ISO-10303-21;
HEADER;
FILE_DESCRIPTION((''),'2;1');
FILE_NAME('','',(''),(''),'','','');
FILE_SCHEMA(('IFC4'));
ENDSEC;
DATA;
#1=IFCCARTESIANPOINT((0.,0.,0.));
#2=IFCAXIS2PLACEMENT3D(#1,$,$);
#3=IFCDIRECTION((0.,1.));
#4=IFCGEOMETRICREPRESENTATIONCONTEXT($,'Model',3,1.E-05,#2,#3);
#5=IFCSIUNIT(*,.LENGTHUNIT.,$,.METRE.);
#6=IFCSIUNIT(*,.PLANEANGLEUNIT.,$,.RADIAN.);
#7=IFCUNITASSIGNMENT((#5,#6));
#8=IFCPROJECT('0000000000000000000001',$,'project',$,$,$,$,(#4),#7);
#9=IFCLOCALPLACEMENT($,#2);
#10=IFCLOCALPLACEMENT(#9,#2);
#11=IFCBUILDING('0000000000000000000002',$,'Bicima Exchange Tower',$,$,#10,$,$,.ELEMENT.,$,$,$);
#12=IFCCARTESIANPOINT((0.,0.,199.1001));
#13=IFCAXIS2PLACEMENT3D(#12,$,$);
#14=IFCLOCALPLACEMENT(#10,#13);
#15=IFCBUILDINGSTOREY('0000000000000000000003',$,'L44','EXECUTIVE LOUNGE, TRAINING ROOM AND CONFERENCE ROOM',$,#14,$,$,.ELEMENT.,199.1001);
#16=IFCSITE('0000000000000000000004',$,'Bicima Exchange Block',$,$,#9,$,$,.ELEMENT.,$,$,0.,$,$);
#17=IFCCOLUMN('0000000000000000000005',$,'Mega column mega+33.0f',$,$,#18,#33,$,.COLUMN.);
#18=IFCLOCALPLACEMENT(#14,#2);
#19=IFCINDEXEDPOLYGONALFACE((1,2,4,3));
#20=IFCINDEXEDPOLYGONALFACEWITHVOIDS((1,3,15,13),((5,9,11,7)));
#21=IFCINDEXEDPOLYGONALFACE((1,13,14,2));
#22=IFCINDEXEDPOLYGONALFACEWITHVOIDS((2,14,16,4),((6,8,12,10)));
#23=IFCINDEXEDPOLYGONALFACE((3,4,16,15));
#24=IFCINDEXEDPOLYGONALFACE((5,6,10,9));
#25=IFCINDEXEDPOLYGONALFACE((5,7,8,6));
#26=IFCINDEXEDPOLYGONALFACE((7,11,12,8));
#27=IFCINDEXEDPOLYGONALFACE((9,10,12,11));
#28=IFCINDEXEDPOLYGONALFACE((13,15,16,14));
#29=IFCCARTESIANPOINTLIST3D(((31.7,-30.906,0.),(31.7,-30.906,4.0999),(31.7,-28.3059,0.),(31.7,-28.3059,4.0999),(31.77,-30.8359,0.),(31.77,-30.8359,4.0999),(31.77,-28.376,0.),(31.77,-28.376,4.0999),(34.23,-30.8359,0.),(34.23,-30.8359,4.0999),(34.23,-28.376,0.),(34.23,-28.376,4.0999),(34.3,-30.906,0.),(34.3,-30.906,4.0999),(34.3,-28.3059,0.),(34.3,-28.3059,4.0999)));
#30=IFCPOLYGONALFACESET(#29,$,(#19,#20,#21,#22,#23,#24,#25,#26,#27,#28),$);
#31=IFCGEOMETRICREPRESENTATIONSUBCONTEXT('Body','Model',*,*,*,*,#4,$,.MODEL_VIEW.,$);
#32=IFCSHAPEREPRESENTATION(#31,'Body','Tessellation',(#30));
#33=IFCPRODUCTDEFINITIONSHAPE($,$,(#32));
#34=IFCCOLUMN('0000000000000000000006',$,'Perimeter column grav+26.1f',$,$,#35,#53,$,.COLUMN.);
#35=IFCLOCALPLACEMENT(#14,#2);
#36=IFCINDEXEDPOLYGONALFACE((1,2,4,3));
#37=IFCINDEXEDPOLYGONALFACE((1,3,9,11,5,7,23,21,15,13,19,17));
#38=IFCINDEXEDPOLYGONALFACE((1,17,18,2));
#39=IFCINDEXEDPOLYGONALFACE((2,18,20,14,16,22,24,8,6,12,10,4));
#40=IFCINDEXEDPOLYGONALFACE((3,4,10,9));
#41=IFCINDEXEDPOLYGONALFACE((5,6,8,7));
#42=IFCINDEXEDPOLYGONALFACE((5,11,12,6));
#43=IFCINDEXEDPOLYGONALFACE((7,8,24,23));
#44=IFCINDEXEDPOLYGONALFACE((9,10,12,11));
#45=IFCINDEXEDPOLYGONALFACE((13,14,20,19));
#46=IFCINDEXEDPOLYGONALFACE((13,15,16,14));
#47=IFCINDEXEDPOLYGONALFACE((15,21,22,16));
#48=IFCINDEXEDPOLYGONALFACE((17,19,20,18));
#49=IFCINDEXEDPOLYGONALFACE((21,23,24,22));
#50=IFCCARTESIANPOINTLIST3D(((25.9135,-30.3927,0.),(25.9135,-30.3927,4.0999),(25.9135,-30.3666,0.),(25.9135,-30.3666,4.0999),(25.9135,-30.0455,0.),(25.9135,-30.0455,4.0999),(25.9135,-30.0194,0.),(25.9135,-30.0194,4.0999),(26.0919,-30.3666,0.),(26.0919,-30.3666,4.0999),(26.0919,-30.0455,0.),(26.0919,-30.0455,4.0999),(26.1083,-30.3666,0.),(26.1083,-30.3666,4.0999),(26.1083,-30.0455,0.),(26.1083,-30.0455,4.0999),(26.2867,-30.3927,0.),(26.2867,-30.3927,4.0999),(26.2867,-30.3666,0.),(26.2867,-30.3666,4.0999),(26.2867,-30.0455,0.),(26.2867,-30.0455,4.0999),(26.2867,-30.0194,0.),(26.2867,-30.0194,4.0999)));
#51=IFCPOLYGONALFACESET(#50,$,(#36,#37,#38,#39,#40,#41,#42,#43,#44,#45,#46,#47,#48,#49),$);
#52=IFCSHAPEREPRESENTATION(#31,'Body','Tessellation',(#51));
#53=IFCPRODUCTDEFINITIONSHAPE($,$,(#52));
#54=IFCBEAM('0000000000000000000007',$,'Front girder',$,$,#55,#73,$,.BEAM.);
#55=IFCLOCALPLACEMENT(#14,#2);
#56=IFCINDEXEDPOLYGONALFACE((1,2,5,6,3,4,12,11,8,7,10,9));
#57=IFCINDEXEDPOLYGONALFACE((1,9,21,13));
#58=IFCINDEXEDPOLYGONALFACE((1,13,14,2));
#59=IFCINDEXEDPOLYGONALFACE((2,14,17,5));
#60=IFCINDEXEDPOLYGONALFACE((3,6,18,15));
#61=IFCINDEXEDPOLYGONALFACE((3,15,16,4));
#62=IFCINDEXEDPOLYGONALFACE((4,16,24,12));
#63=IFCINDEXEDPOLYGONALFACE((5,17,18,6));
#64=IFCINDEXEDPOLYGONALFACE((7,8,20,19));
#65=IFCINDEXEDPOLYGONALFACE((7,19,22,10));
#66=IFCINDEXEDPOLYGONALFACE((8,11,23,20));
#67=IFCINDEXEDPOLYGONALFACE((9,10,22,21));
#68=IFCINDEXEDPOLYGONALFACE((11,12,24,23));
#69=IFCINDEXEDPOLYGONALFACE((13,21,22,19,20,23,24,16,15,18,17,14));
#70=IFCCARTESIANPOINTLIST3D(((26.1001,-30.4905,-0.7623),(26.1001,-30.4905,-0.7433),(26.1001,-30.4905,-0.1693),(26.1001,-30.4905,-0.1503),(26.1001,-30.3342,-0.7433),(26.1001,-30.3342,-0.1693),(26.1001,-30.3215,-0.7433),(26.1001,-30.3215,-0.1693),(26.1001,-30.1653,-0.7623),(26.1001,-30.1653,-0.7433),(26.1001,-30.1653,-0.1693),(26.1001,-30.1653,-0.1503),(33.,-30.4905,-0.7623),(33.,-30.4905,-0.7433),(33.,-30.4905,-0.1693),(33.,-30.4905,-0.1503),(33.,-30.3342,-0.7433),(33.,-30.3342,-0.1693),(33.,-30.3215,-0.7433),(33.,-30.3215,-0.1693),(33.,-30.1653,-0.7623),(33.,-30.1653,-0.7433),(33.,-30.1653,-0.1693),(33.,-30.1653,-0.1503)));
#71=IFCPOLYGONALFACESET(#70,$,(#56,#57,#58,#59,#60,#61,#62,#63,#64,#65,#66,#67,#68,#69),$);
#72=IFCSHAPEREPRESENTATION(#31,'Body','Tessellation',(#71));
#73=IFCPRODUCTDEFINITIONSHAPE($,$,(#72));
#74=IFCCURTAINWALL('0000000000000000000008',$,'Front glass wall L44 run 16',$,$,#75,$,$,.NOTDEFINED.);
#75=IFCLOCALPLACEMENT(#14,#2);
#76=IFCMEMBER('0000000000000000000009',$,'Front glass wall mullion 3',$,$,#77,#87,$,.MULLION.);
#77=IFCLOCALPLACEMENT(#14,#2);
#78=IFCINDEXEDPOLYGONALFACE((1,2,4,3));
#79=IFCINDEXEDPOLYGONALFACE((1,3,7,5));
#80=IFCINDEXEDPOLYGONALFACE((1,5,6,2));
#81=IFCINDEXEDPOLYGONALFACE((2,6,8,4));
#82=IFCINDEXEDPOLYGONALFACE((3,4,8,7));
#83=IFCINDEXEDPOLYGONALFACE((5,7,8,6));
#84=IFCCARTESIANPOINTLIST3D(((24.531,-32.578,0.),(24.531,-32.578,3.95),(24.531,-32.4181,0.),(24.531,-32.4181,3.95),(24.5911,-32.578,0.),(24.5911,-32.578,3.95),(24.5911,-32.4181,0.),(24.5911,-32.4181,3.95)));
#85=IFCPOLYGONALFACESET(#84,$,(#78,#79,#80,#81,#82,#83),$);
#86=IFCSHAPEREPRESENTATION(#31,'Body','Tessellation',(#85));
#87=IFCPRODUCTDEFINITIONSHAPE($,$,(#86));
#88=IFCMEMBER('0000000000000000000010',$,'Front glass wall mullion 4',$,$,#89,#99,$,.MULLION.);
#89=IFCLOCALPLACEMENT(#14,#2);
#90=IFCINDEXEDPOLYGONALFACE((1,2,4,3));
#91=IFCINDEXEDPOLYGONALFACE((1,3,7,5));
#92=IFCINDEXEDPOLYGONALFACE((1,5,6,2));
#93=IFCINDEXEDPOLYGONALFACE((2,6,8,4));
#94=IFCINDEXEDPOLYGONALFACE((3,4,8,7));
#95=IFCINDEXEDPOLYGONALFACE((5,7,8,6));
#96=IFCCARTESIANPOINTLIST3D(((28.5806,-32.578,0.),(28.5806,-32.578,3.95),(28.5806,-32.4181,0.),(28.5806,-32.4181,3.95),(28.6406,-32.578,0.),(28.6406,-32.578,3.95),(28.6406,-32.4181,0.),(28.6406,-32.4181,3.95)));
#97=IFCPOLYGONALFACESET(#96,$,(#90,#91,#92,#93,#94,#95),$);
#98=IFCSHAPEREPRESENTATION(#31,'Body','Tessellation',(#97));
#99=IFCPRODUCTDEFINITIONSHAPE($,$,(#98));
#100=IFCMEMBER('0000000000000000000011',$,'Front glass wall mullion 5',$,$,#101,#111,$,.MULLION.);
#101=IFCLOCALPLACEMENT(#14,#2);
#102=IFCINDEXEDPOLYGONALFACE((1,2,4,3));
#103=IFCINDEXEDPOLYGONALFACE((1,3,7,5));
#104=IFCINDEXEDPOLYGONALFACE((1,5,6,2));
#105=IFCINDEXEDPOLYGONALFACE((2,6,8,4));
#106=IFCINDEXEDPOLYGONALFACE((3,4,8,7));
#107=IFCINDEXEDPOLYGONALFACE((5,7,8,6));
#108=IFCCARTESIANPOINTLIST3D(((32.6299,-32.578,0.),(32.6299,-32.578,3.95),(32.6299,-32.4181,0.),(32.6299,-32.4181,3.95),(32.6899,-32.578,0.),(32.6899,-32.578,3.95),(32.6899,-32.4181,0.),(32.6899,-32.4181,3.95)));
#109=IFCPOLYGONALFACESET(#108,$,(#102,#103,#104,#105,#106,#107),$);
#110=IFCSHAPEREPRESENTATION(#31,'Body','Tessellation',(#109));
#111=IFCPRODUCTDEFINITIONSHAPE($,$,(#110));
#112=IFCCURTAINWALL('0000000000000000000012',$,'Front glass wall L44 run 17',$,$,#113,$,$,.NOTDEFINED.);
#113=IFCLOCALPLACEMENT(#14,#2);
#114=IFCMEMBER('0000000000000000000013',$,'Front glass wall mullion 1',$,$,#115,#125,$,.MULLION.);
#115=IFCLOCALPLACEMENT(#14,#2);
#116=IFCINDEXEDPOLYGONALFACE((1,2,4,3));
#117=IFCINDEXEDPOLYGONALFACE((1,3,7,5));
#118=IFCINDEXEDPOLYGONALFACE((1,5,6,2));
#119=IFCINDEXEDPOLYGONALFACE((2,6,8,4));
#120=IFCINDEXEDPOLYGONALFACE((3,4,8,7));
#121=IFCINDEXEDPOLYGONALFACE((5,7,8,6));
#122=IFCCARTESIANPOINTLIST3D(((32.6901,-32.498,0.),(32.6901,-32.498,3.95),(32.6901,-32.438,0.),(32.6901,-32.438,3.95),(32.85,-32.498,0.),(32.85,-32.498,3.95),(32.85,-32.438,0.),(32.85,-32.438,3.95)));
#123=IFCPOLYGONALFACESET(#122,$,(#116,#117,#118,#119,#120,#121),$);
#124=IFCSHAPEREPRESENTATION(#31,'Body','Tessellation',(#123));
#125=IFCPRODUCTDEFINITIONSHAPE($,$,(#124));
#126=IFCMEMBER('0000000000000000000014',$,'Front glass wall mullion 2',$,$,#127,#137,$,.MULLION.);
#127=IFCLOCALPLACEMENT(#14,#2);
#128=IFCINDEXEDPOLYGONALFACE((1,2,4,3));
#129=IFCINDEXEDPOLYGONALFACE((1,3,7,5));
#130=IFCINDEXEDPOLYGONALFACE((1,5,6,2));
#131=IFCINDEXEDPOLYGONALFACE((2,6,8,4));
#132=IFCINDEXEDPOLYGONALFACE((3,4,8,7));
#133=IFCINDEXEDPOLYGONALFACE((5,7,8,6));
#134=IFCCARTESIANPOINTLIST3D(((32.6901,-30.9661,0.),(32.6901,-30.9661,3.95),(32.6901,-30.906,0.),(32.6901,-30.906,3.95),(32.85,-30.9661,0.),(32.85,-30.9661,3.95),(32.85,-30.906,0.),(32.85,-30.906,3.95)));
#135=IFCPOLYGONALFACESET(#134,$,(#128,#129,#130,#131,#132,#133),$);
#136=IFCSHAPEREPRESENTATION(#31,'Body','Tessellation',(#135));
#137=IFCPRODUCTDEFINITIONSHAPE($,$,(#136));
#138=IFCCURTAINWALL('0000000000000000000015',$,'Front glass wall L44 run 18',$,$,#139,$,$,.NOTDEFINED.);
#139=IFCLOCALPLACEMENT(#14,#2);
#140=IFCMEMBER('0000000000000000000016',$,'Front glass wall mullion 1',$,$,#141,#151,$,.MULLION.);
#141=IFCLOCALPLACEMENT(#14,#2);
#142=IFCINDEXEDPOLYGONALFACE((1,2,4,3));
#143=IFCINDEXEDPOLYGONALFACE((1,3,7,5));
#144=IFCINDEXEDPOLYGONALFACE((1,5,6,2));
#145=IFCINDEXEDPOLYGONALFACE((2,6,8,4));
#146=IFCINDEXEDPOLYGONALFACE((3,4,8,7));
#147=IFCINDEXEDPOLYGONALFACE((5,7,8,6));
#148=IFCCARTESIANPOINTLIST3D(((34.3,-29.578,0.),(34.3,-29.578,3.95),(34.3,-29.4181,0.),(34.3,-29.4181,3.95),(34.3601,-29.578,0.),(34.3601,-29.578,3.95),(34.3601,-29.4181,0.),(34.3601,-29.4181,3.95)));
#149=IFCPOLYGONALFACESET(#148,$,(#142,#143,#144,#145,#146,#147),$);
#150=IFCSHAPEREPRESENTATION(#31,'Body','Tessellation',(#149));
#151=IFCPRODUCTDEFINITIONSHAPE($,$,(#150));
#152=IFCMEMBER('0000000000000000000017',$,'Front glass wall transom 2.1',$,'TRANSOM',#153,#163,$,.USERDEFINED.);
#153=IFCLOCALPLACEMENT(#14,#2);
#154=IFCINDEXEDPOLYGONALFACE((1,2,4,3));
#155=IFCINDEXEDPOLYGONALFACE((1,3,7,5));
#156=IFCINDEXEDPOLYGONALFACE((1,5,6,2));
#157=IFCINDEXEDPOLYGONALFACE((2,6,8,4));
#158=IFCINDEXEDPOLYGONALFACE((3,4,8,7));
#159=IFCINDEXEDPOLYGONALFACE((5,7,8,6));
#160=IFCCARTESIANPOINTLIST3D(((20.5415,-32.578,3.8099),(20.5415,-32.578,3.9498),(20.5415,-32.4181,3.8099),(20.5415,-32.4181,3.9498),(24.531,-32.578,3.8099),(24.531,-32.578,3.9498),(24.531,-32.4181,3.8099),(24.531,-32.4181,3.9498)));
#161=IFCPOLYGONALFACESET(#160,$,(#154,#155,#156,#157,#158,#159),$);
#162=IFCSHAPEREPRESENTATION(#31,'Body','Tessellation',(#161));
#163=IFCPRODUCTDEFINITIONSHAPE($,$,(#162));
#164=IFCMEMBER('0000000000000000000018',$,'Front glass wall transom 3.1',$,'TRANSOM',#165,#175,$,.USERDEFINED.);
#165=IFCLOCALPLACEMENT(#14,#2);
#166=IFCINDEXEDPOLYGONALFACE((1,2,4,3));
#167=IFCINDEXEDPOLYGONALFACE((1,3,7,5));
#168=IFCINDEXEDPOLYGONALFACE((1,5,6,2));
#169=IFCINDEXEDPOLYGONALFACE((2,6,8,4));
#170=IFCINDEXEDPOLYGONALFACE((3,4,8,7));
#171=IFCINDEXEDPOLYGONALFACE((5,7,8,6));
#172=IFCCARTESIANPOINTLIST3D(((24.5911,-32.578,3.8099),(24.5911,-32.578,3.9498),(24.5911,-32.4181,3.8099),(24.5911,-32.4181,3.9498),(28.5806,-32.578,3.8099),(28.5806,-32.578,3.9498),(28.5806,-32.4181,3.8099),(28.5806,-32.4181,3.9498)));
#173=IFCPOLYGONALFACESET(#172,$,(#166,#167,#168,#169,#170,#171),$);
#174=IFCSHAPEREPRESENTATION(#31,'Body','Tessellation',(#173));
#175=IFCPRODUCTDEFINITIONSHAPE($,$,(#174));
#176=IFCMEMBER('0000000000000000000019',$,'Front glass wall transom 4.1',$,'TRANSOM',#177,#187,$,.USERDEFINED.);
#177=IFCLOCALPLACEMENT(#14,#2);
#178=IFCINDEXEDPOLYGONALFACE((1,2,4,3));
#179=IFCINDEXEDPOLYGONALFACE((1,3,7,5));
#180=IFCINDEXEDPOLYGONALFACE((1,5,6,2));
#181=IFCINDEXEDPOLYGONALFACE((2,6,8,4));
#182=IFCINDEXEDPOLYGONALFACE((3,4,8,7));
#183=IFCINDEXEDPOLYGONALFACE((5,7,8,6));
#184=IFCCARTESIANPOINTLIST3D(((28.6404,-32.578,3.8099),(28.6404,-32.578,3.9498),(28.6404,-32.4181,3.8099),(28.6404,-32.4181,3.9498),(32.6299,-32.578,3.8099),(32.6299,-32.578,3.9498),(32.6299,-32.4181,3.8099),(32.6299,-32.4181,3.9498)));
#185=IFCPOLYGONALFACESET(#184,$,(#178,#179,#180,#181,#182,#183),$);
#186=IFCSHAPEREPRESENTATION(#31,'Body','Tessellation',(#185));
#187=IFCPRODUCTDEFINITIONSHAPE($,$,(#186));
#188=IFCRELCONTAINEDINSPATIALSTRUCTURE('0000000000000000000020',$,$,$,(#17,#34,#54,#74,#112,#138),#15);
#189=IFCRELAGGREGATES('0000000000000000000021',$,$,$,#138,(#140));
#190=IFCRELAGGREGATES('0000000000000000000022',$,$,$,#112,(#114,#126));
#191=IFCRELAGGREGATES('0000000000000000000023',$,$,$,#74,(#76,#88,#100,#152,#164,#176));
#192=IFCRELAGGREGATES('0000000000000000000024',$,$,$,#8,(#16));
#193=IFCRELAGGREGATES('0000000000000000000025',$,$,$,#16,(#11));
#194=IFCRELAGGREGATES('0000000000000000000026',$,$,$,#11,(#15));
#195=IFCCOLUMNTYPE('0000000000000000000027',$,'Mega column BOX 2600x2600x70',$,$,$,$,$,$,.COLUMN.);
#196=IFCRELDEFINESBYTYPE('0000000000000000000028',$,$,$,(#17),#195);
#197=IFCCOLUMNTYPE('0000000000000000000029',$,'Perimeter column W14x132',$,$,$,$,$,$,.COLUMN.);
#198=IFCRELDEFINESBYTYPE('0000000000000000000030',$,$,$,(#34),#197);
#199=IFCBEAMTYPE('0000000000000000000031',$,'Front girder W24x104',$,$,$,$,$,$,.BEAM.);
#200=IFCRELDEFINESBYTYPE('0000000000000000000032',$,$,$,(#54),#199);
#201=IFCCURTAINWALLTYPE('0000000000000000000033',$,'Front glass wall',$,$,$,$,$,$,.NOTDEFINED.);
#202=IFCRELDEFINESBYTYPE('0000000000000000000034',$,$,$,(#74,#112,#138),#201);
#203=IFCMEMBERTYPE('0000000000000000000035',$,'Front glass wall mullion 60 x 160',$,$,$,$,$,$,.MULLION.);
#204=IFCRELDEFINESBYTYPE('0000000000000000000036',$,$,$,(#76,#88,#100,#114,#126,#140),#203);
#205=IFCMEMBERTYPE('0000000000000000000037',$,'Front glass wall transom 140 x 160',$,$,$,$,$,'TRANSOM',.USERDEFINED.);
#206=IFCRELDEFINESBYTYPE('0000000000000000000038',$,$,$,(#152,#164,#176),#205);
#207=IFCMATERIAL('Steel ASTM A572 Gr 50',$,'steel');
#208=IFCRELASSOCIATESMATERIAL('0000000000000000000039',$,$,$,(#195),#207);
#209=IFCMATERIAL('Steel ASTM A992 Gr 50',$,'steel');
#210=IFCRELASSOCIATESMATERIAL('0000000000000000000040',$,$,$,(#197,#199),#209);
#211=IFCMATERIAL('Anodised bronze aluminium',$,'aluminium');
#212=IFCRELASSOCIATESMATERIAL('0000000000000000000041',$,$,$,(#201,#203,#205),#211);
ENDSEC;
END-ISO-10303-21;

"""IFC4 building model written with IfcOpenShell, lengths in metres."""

from ifc_helpers import new_model, si_unit, direction, frame, origin, origin_2d, place, context, subcontext, project, spatial, rectangle, hollow_rectangle, i_section, extrude, material, material_profile, profile_set, type_object, element, aggregate, save


model = new_model("IFC4")

# Units and contexts
model_context = context("Model", 3, precision=1e-05, world=origin(), true_north=direction((0.0, 1.0)))
body_context = subcontext(model_context, "Body", "Model", "MODEL_VIEW")
ifc_project = project(units=[si_unit("LENGTHUNIT", "METRE"), si_unit("PLANEANGLEUNIT", "RADIAN")], contexts=[model_context])

# Site, building, storey
site_placement = place(None, origin())
site = spatial("IfcSite", under=ifc_project, at=site_placement, Name="Bicima Exchange Block", CompositionType="ELEMENT", RefElevation=0.0)
building_placement = place(site_placement, origin())
building = spatial("IfcBuilding", under=site, at=building_placement, Name="Bicima Exchange Tower", CompositionType="ELEMENT")
storey_placement = place(building_placement, frame((0.0, 0.0, 199.1001)))
storey = spatial("IfcBuildingStorey", under=building, at=storey_placement, Name="L44", Description="EXECUTIVE LOUNGE, TRAINING ROOM AND CONFERENCE ROOM", CompositionType="ELEMENT", Elevation=199.1001)

# Columns
ifc_material_1 = material(Name="Steel ASTM A572 Gr 50", Category="steel")
ifc_material_profile_1 = material_profile(ifc_material_1, hollow_rectangle(XDim=2.6001, YDim=2.6001, WallThickness=0.0701, at=origin_2d()))
ifc_profile_set_1 = profile_set([ifc_material_profile_1], Name="Steel ASTM A572 Gr 50")
column_type_1 = type_object("IfcColumnType", Name="Mega column BOX 2600x2600x70", PredefinedType="COLUMN", material=ifc_profile_set_1)
column_1_placement = place(storey_placement, frame((33.0, -29.606, 0.0), z_axis=(0.0, 0.0, 1.0), x_axis=(1.0, 0.0, 0.0)))
element("IfcColumn", 1, at=column_1_placement, inside=storey, type_object=column_type_1, Name="Mega column mega+33.0f", PredefinedType="COLUMN", context=body_context, shape_type="SweptSolid", body=[
    extrude(hollow_rectangle(XDim=2.6001, YDim=2.6001, WallThickness=0.0701, at=origin_2d()), origin(), (0.0, 0.0, 1.0), 4.0999),
])
ifc_material_2 = material(Name="Steel ASTM A992 Gr 50", Category="steel")
ifc_material_profile_2 = material_profile(ifc_material_2, i_section(OverallWidth=0.3733, OverallDepth=0.3733, WebThickness=0.0164, FlangeThickness=0.0261, at=origin_2d()))
ifc_profile_set_2 = profile_set([ifc_material_profile_2], Name="Steel ASTM A992 Gr 50")
column_type_2 = type_object("IfcColumnType", Name="Perimeter column W14x132", PredefinedType="COLUMN", material=ifc_profile_set_2)
column_2_placement = place(storey_placement, frame((26.1001, -30.2061, 0.0), z_axis=(0.0, 0.0, 1.0), x_axis=(1.0, 0.0, 0.0)))
element("IfcColumn", 2, at=column_2_placement, inside=storey, type_object=column_type_2, Name="Perimeter column grav+26.1f", PredefinedType="COLUMN", context=body_context, shape_type="SweptSolid", body=[
    extrude(i_section(OverallWidth=0.3733, OverallDepth=0.3733, WebThickness=0.0164, FlangeThickness=0.0261, at=origin_2d()), origin(), (0.0, 0.0, 1.0), 4.0999),
])

# Beam
ifc_material_profile_3 = material_profile(ifc_material_2, i_section(OverallWidth=0.3252, OverallDepth=0.6121, WebThickness=0.0127, FlangeThickness=0.019, at=origin_2d()))
ifc_profile_set_3 = profile_set([ifc_material_profile_3], Name="Steel ASTM A992 Gr 50")
beam_type = type_object("IfcBeamType", Name="Front girder W24x104", PredefinedType="BEAM", material=ifc_profile_set_3)
beam_placement = place(storey_placement, frame((26.1001, -30.3279, -0.4563), z_axis=(1.0, 0.0, 0.0), x_axis=(0.0, 1.0, 0.0)))
element("IfcBeam", 3, at=beam_placement, inside=storey, type_object=beam_type, Name="Front girder", PredefinedType="BEAM", context=body_context, shape_type="SweptSolid", body=[
    extrude(i_section(OverallWidth=0.3252, OverallDepth=0.6121, WebThickness=0.0127, FlangeThickness=0.019, at=origin_2d()), origin(), (0.0, 0.0, 1.0), 6.8999),
])

# Curtain walls, members
ifc_material_3 = material(Name="Anodised bronze aluminium", Category="aluminium")
curtain_wall_type = type_object("IfcCurtainWallType", Name="Front glass wall", PredefinedType="NOTDEFINED", material=ifc_material_3)
curtain_wall_1_placement = place(storey_placement, origin())
curtain_wall_1 = element("IfcCurtainWall", 4, at=curtain_wall_1_placement, inside=storey, type_object=curtain_wall_type, Name="Front glass wall L44 run 16", PredefinedType="NOTDEFINED")
ifc_material_profile_4 = material_profile(ifc_material_3, rectangle(XDim=0.1599, YDim=0.0601, at=origin_2d()))
ifc_profile_set_4 = profile_set([ifc_material_profile_4], Name="Anodised bronze aluminium")
member_type_1 = type_object("IfcMemberType", Name="Front glass wall mullion 60 x 160", PredefinedType="MULLION", material=ifc_profile_set_4)
member_1_placement = place(storey_placement, frame((24.561, -32.498, 0.0), z_axis=(0.0, 0.0, 1.0), x_axis=(0.0, 1.0, 0.0)))
member_1 = element("IfcMember", 5, at=member_1_placement, type_object=member_type_1, Name="Front glass wall mullion 3", PredefinedType="MULLION", context=body_context, shape_type="SweptSolid", body=[
    extrude(rectangle(XDim=0.1599, YDim=0.0601, at=origin_2d()), origin(), (0.0, 0.0, 1.0), 3.95),
])
member_2_placement = place(storey_placement, frame((28.6106, -32.498, 0.0), z_axis=(0.0, 0.0, 1.0), x_axis=(0.0, 1.0, 0.0)))
member_2 = element("IfcMember", 6, at=member_2_placement, type_object=member_type_1, Name="Front glass wall mullion 4", PredefinedType="MULLION", context=body_context, shape_type="SweptSolid", body=[
    extrude(rectangle(XDim=0.1599, YDim=0.0601, at=origin_2d()), origin(), (0.0, 0.0, 1.0), 3.95),
])
member_3_placement = place(storey_placement, frame((32.6599, -32.498, 0.0), z_axis=(0.0, 0.0, 1.0), x_axis=(0.0, 1.0, 0.0)))
member_3 = element("IfcMember", 7, at=member_3_placement, type_object=member_type_1, Name="Front glass wall mullion 5", PredefinedType="MULLION", context=body_context, shape_type="SweptSolid", body=[
    extrude(rectangle(XDim=0.1599, YDim=0.0601, at=origin_2d()), origin(), (0.0, 0.0, 1.0), 3.95),
])
curtain_wall_2_placement = place(storey_placement, origin())
curtain_wall_2 = element("IfcCurtainWall", 8, at=curtain_wall_2_placement, inside=storey, type_object=curtain_wall_type, Name="Front glass wall L44 run 17", PredefinedType="NOTDEFINED")
member_4_placement = place(storey_placement, frame((32.77, -32.468, 0.0), z_axis=(0.0, 0.0, 1.0), x_axis=(-1.0, 0.0, 0.0)))
member_4 = element("IfcMember", 9, at=member_4_placement, type_object=member_type_1, Name="Front glass wall mullion 1", PredefinedType="MULLION", context=body_context, shape_type="SweptSolid", body=[
    extrude(rectangle(XDim=0.1599, YDim=0.0601, at=origin_2d()), origin(), (0.0, 0.0, 1.0), 3.95),
])
member_5_placement = place(storey_placement, frame((32.77, -30.936, 0.0), z_axis=(0.0, 0.0, 1.0), x_axis=(-1.0, 0.0, 0.0)))
member_5 = element("IfcMember", 10, at=member_5_placement, type_object=member_type_1, Name="Front glass wall mullion 2", PredefinedType="MULLION", context=body_context, shape_type="SweptSolid", body=[
    extrude(rectangle(XDim=0.1599, YDim=0.0601, at=origin_2d()), origin(), (0.0, 0.0, 1.0), 3.95),
])

# Curtain wall, member
curtain_wall_3_placement = place(storey_placement, origin())
curtain_wall_3 = element("IfcCurtainWall", 11, at=curtain_wall_3_placement, inside=storey, type_object=curtain_wall_type, Name="Front glass wall L44 run 18", PredefinedType="NOTDEFINED")
member_6_placement = place(storey_placement, frame((34.3301, -29.498, 0.0), z_axis=(0.0, 0.0, 1.0), x_axis=(0.0, 1.0, 0.0)))
member_6 = element("IfcMember", 12, at=member_6_placement, type_object=member_type_1, Name="Front glass wall mullion 1", PredefinedType="MULLION", context=body_context, shape_type="SweptSolid", body=[
    extrude(rectangle(XDim=0.1599, YDim=0.0601, at=origin_2d()), origin(), (0.0, 0.0, 1.0), 3.95),
])
aggregate(curtain_wall_3, [member_6])

# Members
ifc_material_profile_5 = material_profile(ifc_material_3, rectangle(XDim=0.1599, YDim=0.1399, at=origin_2d()))
ifc_profile_set_5 = profile_set([ifc_material_profile_5], Name="Anodised bronze aluminium")
member_type_2 = type_object("IfcMemberType", Name="Front glass wall transom 140 x 160", ElementType="TRANSOM", PredefinedType="USERDEFINED", material=ifc_profile_set_5)
member_7_placement = place(storey_placement, frame((20.5415, -32.498, 3.8799), z_axis=(1.0, 0.0, 0.0), x_axis=(0.0, 1.0, 0.0)))
member_7 = element("IfcMember", 13, at=member_7_placement, type_object=member_type_2, Name="Front glass wall transom 2.1", ObjectType="TRANSOM", PredefinedType="USERDEFINED", context=body_context, shape_type="SweptSolid", body=[
    extrude(rectangle(XDim=0.1599, YDim=0.1399, at=origin_2d()), origin(), (0.0, 0.0, 1.0), 3.9895),
])
member_8_placement = place(storey_placement, frame((24.5911, -32.498, 3.8799), z_axis=(1.0, 0.0, 0.0), x_axis=(0.0, 1.0, 0.0)))
member_8 = element("IfcMember", 14, at=member_8_placement, type_object=member_type_2, Name="Front glass wall transom 3.1", ObjectType="TRANSOM", PredefinedType="USERDEFINED", context=body_context, shape_type="SweptSolid", body=[
    extrude(rectangle(XDim=0.1599, YDim=0.1399, at=origin_2d()), origin(), (0.0, 0.0, 1.0), 3.9895),
])
member_9_placement = place(storey_placement, frame((28.6404, -32.498, 3.8799), z_axis=(1.0, 0.0, 0.0), x_axis=(0.0, 1.0, 0.0)))
member_9 = element("IfcMember", 15, at=member_9_placement, type_object=member_type_2, Name="Front glass wall transom 4.1", ObjectType="TRANSOM", PredefinedType="USERDEFINED", context=body_context, shape_type="SweptSolid", body=[
    extrude(rectangle(XDim=0.1599, YDim=0.1399, at=origin_2d()), origin(), (0.0, 0.0, 1.0), 3.9895),
])

aggregate(curtain_wall_2, [member_4, member_5])
aggregate(curtain_wall_1, [member_1, member_2, member_3, member_7, member_8, member_9])

save(model, "model.ifc")
